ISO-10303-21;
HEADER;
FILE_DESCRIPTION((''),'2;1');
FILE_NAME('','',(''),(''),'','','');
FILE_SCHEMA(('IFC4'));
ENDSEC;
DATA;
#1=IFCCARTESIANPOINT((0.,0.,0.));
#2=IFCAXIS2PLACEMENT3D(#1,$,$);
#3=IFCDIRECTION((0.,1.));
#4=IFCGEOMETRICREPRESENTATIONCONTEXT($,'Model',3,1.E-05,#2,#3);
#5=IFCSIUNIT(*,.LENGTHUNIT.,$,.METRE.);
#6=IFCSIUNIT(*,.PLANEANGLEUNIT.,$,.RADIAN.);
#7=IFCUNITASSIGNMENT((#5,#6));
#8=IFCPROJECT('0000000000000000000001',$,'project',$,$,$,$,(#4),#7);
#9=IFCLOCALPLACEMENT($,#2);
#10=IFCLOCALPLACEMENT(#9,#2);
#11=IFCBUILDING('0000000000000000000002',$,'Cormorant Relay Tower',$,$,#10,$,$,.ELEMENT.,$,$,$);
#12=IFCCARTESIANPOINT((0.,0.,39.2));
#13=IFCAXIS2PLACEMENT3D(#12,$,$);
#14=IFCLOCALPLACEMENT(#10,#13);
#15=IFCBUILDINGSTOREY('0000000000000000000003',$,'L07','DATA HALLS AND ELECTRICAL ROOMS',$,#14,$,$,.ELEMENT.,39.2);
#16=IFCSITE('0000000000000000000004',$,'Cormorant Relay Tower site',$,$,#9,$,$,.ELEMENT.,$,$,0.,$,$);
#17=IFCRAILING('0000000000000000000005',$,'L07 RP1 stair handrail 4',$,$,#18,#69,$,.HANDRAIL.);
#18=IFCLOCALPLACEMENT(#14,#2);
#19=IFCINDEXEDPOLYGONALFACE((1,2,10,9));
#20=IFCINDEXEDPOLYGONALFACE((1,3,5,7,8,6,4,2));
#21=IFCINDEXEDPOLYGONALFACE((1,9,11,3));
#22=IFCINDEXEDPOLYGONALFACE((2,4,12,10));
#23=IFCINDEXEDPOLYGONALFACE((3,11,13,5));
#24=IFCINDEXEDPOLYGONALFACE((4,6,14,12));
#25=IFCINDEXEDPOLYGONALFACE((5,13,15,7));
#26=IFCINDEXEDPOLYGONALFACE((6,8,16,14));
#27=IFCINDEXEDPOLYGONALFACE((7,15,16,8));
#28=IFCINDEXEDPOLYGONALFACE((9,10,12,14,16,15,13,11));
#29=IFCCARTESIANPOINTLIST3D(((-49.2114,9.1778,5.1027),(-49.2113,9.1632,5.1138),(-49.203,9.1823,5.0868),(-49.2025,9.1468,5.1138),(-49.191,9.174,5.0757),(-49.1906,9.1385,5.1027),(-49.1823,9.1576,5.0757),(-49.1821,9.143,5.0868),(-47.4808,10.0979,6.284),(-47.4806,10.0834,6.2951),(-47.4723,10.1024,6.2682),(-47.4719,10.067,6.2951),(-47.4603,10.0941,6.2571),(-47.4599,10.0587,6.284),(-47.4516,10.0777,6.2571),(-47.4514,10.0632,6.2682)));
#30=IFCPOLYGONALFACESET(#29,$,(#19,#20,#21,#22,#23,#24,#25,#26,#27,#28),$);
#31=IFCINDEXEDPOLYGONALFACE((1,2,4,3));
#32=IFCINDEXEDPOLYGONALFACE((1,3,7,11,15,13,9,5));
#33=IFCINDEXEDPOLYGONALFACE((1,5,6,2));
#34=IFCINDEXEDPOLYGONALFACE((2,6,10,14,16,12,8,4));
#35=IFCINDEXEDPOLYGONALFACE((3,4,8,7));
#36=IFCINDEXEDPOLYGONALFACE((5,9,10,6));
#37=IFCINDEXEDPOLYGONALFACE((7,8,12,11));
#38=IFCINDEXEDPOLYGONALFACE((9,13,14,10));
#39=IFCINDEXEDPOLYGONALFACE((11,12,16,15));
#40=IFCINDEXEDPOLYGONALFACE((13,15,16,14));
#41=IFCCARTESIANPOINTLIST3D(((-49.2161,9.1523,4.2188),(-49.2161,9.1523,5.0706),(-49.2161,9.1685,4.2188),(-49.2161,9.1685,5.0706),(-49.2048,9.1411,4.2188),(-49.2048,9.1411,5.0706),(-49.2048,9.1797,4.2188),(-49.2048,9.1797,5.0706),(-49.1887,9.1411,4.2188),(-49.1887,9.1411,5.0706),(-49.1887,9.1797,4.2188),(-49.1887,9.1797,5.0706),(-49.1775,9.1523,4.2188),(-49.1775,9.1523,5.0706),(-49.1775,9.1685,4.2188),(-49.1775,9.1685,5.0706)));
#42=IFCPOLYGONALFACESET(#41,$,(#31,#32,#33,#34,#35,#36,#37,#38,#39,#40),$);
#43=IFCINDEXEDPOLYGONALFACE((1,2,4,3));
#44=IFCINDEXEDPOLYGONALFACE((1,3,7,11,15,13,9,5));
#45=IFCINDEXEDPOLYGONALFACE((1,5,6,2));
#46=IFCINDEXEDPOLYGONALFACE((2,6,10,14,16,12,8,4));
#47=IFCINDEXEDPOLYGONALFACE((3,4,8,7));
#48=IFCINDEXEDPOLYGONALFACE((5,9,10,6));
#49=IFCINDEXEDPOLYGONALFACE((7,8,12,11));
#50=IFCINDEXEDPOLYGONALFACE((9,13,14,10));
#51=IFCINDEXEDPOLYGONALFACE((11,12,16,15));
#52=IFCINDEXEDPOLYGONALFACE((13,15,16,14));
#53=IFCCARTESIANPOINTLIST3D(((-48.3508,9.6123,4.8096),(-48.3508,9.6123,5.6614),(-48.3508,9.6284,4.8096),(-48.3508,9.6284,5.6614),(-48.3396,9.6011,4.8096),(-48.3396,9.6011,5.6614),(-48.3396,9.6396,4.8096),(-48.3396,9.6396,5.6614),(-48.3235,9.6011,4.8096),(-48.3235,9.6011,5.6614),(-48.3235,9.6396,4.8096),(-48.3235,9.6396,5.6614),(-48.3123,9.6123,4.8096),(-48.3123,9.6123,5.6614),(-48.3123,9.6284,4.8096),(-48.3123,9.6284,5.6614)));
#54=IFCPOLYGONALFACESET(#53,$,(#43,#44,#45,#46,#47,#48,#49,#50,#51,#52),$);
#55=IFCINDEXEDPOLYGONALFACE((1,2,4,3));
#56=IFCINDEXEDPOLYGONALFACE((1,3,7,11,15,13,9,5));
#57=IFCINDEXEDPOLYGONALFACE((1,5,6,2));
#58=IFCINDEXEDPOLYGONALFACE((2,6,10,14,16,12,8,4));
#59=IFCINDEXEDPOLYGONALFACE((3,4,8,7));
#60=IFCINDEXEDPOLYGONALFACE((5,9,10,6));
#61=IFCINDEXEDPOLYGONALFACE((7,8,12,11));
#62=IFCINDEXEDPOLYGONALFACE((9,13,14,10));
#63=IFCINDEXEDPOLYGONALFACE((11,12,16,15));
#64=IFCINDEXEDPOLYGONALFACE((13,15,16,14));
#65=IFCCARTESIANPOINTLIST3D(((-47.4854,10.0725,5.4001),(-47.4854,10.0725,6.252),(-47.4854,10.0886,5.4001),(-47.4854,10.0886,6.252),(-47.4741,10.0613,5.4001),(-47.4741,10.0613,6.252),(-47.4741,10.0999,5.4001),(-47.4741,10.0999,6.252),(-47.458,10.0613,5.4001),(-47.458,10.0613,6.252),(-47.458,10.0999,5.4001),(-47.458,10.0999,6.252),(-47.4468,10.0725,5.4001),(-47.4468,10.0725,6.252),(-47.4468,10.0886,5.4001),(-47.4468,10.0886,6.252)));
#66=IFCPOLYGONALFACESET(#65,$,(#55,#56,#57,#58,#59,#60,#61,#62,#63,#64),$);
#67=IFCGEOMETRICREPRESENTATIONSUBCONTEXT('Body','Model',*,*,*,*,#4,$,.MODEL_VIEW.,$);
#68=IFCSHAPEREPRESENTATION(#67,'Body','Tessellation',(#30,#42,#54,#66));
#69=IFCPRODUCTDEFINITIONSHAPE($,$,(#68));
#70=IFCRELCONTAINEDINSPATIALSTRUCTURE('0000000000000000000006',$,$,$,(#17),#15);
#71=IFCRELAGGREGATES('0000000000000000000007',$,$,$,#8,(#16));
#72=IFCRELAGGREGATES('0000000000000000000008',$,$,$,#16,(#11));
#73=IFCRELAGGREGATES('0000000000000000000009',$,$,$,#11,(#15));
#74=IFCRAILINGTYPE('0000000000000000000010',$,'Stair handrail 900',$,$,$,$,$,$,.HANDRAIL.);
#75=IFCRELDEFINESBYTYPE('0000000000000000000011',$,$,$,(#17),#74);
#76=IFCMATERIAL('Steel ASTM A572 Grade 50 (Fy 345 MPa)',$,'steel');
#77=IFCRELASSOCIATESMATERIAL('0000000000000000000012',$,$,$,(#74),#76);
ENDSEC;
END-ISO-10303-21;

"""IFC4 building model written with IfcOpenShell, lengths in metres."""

from ifc_helpers import new_model, si_unit, direction, frame, origin, place, context, subcontext, project, spatial, polyline, outline, extrude, material, type_object, element, save


model = new_model("IFC4")

# Units and contexts
model_context = context("Model", 3, precision=1e-05, world=origin(), true_north=direction((0.0, 1.0)))
body_context = subcontext(model_context, "Body", "Model", "MODEL_VIEW")
ifc_project = project(units=[si_unit("LENGTHUNIT", "METRE"), si_unit("PLANEANGLEUNIT", "RADIAN")], contexts=[model_context])

# Site, building, storey
site_placement = place(None, origin())
site = spatial("IfcSite", under=ifc_project, at=site_placement, Name="Cormorant Relay Tower site", CompositionType="ELEMENT", RefElevation=0.0)
building_placement = place(site_placement, origin())
building = spatial("IfcBuilding", under=site, at=building_placement, Name="Cormorant Relay Tower", CompositionType="ELEMENT")
storey_placement = place(building_placement, frame((0.0, 0.0, 39.2)))
storey = spatial("IfcBuildingStorey", under=building, at=storey_placement, Name="L07", Description="DATA HALLS AND ELECTRICAL ROOMS", CompositionType="ELEMENT", Elevation=39.2)

# Railing
ifc_material_1 = material(Name="Steel ASTM A572 Grade 50 (Fy 345 MPa)", Category="steel")
railing_type_1 = type_object("IfcRailingType", Name="Stair handrail 900", PredefinedType="HANDRAIL", material=ifc_material_1)
railing_1_placement = place(storey_placement, frame((-49.1968, 9.1604, 4.2188)))
element("IfcRailing", 1, at=railing_1_placement, inside=storey, type_object=railing_type_1, Name="L07 RP1 stair handrail 4", PredefinedType="HANDRAIL", context=body_context, shape_type="SweptSolid", body=[
    extrude(outline(polyline([(0.0222, 0.0093), (0.0093, 0.0222), (-0.0093, 0.0222), (-0.0222, 0.0093), (-0.0222, -0.0093), (-0.0093, -0.0222), (0.0093, -0.0222), (0.0222, -0.0093), (0.0222, 0.0093)])), frame((0.0, 0.0, 0.876), z_axis=(0.756226, 0.402062, 0.516205), x_axis=(-0.469444, 0.882962, 0.0)), (0.0, 0.0, 1.0), 2.2886),
    extrude(outline(polyline([(0.0193, 0.0081), (0.0081, 0.0193), (-0.0081, 0.0193), (-0.0193, 0.0081), (-0.0193, -0.0081), (-0.0081, -0.0193), (0.0081, -0.0193), (0.0193, -0.0081), (0.0193, 0.0081)])), origin(), (0.0, 0.0, 1.0), 0.8518),
    extrude(outline(polyline([(0.0193, 0.0081), (0.0081, 0.0193), (-0.0081, 0.0193), (-0.0193, 0.0081), (-0.0193, -0.0081), (-0.0081, -0.0193), (0.0081, -0.0193), (0.0193, -0.0081), (0.0193, 0.0081)])), frame((0.8652, 0.46, 0.5908)), (0.0, 0.0, 1.0), 0.8518),
    extrude(outline(polyline([(0.0193, 0.0081), (0.0081, 0.0193), (-0.0081, 0.0193), (-0.0193, 0.0081), (-0.0193, -0.0081), (-0.0081, -0.0193), (0.0081, -0.0193), (0.0193, -0.0081), (0.0193, 0.0081)])), frame((1.7307, 0.9202, 1.1814)), (0.0, 0.0, 1.0), 0.8518),
])

save(model, "model.ifc")
